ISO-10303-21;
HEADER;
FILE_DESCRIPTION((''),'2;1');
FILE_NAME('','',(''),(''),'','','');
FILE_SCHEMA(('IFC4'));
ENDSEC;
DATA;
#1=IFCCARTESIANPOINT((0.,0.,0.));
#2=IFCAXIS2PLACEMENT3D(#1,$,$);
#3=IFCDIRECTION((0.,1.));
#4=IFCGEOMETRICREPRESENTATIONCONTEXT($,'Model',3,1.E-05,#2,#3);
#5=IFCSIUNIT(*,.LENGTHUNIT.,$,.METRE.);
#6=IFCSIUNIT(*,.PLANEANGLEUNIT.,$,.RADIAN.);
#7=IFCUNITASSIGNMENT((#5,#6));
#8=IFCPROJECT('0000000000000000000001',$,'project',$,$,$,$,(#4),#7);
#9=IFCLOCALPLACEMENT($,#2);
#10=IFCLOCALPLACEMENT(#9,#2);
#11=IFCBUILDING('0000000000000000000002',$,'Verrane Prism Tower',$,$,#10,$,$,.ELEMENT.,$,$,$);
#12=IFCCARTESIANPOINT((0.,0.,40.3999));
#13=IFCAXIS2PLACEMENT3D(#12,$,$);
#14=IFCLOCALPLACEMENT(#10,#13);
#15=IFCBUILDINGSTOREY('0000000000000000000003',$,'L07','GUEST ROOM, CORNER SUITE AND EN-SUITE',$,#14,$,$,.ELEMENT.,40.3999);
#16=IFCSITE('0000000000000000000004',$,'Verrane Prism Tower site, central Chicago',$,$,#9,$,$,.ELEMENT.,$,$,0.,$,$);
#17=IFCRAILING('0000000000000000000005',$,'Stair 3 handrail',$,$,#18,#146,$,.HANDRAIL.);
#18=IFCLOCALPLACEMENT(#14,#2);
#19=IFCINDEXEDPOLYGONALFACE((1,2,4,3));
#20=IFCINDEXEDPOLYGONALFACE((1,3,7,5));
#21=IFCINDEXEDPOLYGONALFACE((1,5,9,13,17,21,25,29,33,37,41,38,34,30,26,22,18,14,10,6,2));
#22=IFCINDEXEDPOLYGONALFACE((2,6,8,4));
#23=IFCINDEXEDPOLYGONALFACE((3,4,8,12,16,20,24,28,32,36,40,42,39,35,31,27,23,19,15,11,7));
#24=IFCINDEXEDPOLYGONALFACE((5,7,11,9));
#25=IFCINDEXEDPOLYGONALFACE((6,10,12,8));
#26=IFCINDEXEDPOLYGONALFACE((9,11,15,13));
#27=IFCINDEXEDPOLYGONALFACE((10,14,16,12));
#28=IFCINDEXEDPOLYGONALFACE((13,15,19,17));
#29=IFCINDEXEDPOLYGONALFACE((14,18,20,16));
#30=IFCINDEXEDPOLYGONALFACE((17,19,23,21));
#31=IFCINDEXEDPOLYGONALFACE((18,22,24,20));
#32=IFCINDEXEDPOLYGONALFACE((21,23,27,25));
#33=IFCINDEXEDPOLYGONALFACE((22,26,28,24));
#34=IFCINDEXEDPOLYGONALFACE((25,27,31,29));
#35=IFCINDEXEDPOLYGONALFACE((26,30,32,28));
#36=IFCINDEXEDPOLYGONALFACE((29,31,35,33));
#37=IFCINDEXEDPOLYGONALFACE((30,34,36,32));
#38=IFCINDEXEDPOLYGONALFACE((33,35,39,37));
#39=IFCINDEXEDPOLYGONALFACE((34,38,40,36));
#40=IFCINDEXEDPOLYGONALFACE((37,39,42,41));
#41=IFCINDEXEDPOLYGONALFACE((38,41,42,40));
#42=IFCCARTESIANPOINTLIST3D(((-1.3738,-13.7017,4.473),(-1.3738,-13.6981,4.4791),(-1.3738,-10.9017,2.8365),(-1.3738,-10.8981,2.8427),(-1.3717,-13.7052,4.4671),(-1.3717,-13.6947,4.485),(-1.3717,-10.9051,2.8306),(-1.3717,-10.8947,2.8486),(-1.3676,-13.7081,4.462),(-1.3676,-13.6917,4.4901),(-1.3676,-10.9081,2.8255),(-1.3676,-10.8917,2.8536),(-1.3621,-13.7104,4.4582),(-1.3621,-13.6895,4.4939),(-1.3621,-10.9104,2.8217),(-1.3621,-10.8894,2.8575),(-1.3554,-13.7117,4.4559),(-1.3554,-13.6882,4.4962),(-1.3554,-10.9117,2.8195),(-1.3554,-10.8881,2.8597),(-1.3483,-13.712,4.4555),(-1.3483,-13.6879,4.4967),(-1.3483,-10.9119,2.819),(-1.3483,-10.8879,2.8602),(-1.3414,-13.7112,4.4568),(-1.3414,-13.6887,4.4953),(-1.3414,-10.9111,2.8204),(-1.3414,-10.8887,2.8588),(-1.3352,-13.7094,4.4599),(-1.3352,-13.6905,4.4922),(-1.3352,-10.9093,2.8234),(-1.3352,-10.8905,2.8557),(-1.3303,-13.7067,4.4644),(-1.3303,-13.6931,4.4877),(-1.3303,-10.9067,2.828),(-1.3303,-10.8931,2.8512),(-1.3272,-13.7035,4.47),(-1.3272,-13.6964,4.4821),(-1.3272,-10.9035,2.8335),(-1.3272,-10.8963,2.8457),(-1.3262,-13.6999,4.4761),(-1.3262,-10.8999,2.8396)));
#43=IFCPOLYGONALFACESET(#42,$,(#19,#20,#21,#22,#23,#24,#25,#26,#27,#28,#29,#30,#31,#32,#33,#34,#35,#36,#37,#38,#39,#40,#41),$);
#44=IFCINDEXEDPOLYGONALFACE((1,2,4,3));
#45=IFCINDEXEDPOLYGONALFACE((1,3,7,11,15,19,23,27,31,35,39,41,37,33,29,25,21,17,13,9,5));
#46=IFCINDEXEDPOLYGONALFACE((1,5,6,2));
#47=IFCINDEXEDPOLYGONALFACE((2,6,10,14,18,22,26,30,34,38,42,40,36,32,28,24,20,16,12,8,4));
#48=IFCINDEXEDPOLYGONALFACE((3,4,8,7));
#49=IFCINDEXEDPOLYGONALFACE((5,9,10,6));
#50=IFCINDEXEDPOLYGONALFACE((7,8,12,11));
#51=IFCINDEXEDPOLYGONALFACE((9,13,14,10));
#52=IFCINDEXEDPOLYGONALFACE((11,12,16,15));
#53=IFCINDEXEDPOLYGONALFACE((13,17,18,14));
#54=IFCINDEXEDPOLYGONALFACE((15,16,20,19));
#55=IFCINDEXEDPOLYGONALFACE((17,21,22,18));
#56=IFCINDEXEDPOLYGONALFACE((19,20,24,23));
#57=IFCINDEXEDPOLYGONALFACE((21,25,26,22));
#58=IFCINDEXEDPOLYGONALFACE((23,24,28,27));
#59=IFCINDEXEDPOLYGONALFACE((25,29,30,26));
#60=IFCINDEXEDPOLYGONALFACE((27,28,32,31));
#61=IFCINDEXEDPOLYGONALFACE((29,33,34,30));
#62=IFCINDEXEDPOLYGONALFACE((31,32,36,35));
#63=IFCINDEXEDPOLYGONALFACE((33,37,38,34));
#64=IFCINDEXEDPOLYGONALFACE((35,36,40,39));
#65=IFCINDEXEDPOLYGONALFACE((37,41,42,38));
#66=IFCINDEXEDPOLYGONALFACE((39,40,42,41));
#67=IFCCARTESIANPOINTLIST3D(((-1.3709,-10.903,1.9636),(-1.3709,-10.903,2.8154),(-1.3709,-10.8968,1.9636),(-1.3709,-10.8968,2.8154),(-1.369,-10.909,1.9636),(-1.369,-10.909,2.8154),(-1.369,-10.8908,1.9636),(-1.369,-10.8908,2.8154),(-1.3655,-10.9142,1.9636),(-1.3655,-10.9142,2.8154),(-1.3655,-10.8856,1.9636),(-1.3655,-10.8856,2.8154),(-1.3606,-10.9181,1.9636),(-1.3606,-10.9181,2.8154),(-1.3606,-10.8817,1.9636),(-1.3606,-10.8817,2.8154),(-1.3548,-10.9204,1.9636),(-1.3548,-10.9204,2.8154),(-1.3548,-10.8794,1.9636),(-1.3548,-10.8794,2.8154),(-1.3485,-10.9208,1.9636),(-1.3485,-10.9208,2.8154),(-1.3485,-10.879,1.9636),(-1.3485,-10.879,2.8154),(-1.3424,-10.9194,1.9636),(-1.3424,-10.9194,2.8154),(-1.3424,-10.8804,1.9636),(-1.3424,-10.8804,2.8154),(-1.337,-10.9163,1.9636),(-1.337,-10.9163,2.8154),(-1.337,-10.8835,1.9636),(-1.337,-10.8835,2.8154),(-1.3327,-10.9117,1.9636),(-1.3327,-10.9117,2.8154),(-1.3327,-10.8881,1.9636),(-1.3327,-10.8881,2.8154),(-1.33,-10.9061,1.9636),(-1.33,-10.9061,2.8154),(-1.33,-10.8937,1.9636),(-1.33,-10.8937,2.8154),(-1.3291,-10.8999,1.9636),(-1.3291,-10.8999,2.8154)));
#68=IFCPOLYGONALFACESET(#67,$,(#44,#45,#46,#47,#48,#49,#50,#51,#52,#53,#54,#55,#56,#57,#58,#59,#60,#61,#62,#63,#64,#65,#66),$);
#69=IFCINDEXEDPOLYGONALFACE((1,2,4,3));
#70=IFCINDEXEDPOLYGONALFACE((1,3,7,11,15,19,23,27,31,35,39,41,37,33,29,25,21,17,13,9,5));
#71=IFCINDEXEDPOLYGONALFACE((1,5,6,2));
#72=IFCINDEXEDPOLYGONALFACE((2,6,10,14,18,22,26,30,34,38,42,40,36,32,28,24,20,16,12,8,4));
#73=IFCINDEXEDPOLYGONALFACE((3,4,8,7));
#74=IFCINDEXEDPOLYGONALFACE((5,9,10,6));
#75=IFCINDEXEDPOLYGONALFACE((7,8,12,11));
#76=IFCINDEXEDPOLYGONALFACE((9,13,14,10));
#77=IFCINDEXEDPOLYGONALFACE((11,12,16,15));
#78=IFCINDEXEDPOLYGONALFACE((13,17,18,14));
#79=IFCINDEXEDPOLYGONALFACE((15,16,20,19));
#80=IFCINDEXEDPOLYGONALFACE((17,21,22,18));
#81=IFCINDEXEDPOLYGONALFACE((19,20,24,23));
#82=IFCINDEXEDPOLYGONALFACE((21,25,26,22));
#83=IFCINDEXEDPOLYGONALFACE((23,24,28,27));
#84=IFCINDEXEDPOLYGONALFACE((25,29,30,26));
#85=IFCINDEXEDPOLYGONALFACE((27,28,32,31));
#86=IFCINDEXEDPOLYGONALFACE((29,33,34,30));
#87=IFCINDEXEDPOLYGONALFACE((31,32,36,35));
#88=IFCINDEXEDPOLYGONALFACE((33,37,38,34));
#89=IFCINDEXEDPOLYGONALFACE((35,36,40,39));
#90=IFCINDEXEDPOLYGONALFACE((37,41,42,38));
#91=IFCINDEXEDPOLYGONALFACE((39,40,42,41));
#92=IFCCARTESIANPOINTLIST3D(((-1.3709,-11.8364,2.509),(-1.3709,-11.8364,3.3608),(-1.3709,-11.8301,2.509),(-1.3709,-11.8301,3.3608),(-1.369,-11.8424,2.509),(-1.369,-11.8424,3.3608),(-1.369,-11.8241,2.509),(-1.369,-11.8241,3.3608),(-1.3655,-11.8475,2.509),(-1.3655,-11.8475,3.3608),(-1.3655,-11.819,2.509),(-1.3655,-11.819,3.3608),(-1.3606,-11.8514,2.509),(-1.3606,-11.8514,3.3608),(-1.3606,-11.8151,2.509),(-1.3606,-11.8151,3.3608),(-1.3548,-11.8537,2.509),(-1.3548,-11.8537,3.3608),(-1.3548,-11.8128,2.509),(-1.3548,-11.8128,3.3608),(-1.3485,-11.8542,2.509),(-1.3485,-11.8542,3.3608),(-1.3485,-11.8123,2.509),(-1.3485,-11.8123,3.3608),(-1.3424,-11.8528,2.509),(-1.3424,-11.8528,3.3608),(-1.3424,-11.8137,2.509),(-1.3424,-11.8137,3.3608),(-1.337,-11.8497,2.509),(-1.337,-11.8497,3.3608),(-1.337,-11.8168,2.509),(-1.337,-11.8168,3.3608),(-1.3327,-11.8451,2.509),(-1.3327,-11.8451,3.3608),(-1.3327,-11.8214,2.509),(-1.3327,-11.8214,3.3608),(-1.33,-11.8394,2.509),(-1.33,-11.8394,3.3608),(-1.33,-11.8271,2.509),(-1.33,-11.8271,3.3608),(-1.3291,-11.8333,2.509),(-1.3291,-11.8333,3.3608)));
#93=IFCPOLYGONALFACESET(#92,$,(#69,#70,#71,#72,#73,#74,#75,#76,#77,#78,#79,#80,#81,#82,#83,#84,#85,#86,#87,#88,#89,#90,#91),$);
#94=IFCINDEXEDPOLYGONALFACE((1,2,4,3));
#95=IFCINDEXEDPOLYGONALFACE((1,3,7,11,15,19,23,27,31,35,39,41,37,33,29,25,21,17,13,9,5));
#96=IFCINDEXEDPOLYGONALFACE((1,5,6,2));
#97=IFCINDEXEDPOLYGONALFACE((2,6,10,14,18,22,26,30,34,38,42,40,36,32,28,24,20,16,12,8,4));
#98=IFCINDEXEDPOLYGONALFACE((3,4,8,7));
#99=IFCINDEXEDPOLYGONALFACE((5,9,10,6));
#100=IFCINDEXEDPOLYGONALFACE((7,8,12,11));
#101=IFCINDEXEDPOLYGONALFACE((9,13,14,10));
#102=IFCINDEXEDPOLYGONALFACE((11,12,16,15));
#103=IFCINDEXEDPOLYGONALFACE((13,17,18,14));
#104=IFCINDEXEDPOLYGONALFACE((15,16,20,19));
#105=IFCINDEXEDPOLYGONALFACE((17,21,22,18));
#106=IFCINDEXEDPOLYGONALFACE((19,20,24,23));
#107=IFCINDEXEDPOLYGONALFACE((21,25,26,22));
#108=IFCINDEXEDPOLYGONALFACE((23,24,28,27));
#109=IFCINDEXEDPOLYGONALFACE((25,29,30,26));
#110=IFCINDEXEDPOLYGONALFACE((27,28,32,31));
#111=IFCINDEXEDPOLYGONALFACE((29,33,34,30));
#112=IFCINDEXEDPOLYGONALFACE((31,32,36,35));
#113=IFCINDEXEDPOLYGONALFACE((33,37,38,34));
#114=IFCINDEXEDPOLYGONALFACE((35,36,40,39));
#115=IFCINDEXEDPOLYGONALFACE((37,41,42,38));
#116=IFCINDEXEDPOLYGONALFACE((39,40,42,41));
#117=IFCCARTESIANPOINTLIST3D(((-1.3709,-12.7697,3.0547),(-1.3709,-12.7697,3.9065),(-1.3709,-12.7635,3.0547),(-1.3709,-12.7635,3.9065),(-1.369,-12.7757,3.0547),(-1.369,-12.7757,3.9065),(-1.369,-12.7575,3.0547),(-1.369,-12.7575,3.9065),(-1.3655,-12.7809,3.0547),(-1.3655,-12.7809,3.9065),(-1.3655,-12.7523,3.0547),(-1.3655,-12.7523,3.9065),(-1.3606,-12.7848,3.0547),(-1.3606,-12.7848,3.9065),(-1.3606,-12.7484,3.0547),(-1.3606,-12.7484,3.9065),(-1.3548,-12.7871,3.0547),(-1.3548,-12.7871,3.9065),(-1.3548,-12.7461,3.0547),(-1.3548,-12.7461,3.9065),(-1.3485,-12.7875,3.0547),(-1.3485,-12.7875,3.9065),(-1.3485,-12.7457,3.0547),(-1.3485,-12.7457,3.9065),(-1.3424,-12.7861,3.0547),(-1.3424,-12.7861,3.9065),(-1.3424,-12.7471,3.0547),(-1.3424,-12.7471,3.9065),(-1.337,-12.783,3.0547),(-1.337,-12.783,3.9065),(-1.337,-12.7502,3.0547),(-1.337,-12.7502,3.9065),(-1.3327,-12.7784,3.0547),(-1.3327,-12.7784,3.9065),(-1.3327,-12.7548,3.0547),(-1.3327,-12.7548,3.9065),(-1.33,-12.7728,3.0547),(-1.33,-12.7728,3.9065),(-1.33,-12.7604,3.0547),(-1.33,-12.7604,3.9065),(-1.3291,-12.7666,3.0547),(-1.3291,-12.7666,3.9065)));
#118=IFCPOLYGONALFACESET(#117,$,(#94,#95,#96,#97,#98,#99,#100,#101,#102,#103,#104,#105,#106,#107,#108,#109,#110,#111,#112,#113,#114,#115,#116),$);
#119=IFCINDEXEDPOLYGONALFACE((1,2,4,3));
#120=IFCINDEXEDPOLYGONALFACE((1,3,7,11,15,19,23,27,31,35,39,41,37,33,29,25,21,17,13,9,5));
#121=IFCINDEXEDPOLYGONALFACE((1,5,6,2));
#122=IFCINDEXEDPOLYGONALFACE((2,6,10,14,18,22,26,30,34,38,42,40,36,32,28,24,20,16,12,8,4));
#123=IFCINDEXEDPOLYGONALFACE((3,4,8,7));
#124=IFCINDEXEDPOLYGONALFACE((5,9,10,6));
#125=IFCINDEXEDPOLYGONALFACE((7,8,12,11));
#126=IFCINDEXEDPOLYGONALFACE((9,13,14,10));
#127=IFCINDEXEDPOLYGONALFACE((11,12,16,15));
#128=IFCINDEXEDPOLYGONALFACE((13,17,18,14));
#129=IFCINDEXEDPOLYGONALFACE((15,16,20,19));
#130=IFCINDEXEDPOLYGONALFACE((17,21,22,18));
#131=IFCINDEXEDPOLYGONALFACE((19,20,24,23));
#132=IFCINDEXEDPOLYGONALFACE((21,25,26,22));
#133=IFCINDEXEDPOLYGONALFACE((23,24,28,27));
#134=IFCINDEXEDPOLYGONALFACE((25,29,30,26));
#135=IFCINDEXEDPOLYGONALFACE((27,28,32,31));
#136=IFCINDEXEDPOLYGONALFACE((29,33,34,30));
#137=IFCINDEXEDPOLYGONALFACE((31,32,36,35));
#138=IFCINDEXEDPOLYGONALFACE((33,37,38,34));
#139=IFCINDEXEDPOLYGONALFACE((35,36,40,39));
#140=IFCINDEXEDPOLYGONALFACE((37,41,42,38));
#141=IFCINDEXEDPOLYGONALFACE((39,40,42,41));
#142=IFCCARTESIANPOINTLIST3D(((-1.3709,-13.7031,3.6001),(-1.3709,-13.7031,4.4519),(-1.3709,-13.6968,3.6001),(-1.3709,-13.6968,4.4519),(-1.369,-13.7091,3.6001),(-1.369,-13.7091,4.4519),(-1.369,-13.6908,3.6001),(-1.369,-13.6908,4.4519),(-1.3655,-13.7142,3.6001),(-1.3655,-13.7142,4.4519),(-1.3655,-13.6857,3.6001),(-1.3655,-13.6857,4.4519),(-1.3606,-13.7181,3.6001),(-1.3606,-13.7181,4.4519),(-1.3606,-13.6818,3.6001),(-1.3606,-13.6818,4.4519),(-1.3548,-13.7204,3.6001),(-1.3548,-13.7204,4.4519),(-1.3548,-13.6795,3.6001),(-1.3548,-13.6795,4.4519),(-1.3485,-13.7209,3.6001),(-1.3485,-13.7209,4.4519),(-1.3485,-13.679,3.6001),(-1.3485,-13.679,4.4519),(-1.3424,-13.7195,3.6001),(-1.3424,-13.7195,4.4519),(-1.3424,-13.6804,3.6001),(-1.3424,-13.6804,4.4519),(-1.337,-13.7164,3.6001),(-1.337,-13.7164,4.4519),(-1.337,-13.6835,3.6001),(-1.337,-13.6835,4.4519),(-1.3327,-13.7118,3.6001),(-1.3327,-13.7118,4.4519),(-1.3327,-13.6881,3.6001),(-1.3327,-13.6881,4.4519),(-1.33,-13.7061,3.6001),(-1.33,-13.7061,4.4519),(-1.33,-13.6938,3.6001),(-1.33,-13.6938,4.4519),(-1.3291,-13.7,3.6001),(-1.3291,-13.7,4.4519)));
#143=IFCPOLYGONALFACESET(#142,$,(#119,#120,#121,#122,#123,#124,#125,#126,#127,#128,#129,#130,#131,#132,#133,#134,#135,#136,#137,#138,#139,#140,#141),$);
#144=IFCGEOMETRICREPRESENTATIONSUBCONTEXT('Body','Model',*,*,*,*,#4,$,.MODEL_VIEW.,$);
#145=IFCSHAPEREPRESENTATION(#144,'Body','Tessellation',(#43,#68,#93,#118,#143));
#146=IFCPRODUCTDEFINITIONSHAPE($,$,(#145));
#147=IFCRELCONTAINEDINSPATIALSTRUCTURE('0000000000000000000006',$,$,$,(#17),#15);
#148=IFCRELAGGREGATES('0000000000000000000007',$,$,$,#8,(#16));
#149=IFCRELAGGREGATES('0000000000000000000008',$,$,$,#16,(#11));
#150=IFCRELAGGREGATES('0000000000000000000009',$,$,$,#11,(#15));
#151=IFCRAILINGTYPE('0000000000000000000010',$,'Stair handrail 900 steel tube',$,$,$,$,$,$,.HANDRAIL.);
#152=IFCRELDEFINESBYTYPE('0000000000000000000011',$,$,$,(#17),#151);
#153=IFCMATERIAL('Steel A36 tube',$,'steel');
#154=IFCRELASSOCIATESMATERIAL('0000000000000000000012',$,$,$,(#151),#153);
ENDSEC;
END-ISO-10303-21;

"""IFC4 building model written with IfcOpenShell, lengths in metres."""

from ifc_helpers import new_model, si_unit, direction, frame, origin, origin_2d, place, context, subcontext, project, spatial, circle, extrude, material, type_object, element, save


model = new_model("IFC4")

# Units and contexts
model_context = context("Model", 3, precision=1e-05, world=origin(), true_north=direction((0.0, 1.0)))
body_context = subcontext(model_context, "Body", "Model", "MODEL_VIEW")
ifc_project = project(units=[si_unit("LENGTHUNIT", "METRE"), si_unit("PLANEANGLEUNIT", "RADIAN")], contexts=[model_context])

# Site, building, storey
site_placement = place(None, origin())
site = spatial("IfcSite", under=ifc_project, at=site_placement, Name="Verrane Prism Tower site, central Chicago", CompositionType="ELEMENT", RefElevation=0.0)
building_placement = place(site_placement, origin())
building = spatial("IfcBuilding", under=site, at=building_placement, Name="Verrane Prism Tower", CompositionType="ELEMENT")
storey_placement = place(building_placement, frame((0.0, 0.0, 40.3999)))
storey = spatial("IfcBuildingStorey", under=building, at=storey_placement, Name="L07", Description="GUEST ROOM, CORNER SUITE AND EN-SUITE", CompositionType="ELEMENT", Elevation=40.3999)

# Railing
ifc_material_1 = material(Name="Steel A36 tube", Category="steel")
railing_type = type_object("IfcRailingType", Name="Stair handrail 900 steel tube", PredefinedType="HANDRAIL", material=ifc_material_1)
railing_placement = place(storey_placement, frame((-1.3501, -10.8999, 1.9636)))
element("IfcRailing", 1, at=railing_placement, inside=storey, type_object=railing_type, Name="Stair 3 handrail", PredefinedType="HANDRAIL", context=body_context, shape_type="SweptSolid", body=[
    extrude(circle(Radius=0.0239, at=origin_2d()), frame((0.0, 0.0, 0.876), z_axis=(0.0, -0.863361, 0.504587), x_axis=(1.0, 0.0, 0.0)), (0.0, 0.0, 1.0), 3.2432),
    extrude(circle(Radius=0.021, at=origin_2d()), origin(), (0.0, 0.0, 1.0), 0.8518),
    extrude(circle(Radius=0.021, at=origin_2d()), frame((0.0, -0.9333, 0.5454)), (0.0, 0.0, 1.0), 0.8518),
    extrude(circle(Radius=0.021, at=origin_2d()), frame((0.0, -1.8667, 1.0911)), (0.0, 0.0, 1.0), 0.8518),
    extrude(circle(Radius=0.021, at=origin_2d()), frame((0.0, -2.8, 1.6365)), (0.0, 0.0, 1.0), 0.8518),
])

save(model, "model.ifc")
